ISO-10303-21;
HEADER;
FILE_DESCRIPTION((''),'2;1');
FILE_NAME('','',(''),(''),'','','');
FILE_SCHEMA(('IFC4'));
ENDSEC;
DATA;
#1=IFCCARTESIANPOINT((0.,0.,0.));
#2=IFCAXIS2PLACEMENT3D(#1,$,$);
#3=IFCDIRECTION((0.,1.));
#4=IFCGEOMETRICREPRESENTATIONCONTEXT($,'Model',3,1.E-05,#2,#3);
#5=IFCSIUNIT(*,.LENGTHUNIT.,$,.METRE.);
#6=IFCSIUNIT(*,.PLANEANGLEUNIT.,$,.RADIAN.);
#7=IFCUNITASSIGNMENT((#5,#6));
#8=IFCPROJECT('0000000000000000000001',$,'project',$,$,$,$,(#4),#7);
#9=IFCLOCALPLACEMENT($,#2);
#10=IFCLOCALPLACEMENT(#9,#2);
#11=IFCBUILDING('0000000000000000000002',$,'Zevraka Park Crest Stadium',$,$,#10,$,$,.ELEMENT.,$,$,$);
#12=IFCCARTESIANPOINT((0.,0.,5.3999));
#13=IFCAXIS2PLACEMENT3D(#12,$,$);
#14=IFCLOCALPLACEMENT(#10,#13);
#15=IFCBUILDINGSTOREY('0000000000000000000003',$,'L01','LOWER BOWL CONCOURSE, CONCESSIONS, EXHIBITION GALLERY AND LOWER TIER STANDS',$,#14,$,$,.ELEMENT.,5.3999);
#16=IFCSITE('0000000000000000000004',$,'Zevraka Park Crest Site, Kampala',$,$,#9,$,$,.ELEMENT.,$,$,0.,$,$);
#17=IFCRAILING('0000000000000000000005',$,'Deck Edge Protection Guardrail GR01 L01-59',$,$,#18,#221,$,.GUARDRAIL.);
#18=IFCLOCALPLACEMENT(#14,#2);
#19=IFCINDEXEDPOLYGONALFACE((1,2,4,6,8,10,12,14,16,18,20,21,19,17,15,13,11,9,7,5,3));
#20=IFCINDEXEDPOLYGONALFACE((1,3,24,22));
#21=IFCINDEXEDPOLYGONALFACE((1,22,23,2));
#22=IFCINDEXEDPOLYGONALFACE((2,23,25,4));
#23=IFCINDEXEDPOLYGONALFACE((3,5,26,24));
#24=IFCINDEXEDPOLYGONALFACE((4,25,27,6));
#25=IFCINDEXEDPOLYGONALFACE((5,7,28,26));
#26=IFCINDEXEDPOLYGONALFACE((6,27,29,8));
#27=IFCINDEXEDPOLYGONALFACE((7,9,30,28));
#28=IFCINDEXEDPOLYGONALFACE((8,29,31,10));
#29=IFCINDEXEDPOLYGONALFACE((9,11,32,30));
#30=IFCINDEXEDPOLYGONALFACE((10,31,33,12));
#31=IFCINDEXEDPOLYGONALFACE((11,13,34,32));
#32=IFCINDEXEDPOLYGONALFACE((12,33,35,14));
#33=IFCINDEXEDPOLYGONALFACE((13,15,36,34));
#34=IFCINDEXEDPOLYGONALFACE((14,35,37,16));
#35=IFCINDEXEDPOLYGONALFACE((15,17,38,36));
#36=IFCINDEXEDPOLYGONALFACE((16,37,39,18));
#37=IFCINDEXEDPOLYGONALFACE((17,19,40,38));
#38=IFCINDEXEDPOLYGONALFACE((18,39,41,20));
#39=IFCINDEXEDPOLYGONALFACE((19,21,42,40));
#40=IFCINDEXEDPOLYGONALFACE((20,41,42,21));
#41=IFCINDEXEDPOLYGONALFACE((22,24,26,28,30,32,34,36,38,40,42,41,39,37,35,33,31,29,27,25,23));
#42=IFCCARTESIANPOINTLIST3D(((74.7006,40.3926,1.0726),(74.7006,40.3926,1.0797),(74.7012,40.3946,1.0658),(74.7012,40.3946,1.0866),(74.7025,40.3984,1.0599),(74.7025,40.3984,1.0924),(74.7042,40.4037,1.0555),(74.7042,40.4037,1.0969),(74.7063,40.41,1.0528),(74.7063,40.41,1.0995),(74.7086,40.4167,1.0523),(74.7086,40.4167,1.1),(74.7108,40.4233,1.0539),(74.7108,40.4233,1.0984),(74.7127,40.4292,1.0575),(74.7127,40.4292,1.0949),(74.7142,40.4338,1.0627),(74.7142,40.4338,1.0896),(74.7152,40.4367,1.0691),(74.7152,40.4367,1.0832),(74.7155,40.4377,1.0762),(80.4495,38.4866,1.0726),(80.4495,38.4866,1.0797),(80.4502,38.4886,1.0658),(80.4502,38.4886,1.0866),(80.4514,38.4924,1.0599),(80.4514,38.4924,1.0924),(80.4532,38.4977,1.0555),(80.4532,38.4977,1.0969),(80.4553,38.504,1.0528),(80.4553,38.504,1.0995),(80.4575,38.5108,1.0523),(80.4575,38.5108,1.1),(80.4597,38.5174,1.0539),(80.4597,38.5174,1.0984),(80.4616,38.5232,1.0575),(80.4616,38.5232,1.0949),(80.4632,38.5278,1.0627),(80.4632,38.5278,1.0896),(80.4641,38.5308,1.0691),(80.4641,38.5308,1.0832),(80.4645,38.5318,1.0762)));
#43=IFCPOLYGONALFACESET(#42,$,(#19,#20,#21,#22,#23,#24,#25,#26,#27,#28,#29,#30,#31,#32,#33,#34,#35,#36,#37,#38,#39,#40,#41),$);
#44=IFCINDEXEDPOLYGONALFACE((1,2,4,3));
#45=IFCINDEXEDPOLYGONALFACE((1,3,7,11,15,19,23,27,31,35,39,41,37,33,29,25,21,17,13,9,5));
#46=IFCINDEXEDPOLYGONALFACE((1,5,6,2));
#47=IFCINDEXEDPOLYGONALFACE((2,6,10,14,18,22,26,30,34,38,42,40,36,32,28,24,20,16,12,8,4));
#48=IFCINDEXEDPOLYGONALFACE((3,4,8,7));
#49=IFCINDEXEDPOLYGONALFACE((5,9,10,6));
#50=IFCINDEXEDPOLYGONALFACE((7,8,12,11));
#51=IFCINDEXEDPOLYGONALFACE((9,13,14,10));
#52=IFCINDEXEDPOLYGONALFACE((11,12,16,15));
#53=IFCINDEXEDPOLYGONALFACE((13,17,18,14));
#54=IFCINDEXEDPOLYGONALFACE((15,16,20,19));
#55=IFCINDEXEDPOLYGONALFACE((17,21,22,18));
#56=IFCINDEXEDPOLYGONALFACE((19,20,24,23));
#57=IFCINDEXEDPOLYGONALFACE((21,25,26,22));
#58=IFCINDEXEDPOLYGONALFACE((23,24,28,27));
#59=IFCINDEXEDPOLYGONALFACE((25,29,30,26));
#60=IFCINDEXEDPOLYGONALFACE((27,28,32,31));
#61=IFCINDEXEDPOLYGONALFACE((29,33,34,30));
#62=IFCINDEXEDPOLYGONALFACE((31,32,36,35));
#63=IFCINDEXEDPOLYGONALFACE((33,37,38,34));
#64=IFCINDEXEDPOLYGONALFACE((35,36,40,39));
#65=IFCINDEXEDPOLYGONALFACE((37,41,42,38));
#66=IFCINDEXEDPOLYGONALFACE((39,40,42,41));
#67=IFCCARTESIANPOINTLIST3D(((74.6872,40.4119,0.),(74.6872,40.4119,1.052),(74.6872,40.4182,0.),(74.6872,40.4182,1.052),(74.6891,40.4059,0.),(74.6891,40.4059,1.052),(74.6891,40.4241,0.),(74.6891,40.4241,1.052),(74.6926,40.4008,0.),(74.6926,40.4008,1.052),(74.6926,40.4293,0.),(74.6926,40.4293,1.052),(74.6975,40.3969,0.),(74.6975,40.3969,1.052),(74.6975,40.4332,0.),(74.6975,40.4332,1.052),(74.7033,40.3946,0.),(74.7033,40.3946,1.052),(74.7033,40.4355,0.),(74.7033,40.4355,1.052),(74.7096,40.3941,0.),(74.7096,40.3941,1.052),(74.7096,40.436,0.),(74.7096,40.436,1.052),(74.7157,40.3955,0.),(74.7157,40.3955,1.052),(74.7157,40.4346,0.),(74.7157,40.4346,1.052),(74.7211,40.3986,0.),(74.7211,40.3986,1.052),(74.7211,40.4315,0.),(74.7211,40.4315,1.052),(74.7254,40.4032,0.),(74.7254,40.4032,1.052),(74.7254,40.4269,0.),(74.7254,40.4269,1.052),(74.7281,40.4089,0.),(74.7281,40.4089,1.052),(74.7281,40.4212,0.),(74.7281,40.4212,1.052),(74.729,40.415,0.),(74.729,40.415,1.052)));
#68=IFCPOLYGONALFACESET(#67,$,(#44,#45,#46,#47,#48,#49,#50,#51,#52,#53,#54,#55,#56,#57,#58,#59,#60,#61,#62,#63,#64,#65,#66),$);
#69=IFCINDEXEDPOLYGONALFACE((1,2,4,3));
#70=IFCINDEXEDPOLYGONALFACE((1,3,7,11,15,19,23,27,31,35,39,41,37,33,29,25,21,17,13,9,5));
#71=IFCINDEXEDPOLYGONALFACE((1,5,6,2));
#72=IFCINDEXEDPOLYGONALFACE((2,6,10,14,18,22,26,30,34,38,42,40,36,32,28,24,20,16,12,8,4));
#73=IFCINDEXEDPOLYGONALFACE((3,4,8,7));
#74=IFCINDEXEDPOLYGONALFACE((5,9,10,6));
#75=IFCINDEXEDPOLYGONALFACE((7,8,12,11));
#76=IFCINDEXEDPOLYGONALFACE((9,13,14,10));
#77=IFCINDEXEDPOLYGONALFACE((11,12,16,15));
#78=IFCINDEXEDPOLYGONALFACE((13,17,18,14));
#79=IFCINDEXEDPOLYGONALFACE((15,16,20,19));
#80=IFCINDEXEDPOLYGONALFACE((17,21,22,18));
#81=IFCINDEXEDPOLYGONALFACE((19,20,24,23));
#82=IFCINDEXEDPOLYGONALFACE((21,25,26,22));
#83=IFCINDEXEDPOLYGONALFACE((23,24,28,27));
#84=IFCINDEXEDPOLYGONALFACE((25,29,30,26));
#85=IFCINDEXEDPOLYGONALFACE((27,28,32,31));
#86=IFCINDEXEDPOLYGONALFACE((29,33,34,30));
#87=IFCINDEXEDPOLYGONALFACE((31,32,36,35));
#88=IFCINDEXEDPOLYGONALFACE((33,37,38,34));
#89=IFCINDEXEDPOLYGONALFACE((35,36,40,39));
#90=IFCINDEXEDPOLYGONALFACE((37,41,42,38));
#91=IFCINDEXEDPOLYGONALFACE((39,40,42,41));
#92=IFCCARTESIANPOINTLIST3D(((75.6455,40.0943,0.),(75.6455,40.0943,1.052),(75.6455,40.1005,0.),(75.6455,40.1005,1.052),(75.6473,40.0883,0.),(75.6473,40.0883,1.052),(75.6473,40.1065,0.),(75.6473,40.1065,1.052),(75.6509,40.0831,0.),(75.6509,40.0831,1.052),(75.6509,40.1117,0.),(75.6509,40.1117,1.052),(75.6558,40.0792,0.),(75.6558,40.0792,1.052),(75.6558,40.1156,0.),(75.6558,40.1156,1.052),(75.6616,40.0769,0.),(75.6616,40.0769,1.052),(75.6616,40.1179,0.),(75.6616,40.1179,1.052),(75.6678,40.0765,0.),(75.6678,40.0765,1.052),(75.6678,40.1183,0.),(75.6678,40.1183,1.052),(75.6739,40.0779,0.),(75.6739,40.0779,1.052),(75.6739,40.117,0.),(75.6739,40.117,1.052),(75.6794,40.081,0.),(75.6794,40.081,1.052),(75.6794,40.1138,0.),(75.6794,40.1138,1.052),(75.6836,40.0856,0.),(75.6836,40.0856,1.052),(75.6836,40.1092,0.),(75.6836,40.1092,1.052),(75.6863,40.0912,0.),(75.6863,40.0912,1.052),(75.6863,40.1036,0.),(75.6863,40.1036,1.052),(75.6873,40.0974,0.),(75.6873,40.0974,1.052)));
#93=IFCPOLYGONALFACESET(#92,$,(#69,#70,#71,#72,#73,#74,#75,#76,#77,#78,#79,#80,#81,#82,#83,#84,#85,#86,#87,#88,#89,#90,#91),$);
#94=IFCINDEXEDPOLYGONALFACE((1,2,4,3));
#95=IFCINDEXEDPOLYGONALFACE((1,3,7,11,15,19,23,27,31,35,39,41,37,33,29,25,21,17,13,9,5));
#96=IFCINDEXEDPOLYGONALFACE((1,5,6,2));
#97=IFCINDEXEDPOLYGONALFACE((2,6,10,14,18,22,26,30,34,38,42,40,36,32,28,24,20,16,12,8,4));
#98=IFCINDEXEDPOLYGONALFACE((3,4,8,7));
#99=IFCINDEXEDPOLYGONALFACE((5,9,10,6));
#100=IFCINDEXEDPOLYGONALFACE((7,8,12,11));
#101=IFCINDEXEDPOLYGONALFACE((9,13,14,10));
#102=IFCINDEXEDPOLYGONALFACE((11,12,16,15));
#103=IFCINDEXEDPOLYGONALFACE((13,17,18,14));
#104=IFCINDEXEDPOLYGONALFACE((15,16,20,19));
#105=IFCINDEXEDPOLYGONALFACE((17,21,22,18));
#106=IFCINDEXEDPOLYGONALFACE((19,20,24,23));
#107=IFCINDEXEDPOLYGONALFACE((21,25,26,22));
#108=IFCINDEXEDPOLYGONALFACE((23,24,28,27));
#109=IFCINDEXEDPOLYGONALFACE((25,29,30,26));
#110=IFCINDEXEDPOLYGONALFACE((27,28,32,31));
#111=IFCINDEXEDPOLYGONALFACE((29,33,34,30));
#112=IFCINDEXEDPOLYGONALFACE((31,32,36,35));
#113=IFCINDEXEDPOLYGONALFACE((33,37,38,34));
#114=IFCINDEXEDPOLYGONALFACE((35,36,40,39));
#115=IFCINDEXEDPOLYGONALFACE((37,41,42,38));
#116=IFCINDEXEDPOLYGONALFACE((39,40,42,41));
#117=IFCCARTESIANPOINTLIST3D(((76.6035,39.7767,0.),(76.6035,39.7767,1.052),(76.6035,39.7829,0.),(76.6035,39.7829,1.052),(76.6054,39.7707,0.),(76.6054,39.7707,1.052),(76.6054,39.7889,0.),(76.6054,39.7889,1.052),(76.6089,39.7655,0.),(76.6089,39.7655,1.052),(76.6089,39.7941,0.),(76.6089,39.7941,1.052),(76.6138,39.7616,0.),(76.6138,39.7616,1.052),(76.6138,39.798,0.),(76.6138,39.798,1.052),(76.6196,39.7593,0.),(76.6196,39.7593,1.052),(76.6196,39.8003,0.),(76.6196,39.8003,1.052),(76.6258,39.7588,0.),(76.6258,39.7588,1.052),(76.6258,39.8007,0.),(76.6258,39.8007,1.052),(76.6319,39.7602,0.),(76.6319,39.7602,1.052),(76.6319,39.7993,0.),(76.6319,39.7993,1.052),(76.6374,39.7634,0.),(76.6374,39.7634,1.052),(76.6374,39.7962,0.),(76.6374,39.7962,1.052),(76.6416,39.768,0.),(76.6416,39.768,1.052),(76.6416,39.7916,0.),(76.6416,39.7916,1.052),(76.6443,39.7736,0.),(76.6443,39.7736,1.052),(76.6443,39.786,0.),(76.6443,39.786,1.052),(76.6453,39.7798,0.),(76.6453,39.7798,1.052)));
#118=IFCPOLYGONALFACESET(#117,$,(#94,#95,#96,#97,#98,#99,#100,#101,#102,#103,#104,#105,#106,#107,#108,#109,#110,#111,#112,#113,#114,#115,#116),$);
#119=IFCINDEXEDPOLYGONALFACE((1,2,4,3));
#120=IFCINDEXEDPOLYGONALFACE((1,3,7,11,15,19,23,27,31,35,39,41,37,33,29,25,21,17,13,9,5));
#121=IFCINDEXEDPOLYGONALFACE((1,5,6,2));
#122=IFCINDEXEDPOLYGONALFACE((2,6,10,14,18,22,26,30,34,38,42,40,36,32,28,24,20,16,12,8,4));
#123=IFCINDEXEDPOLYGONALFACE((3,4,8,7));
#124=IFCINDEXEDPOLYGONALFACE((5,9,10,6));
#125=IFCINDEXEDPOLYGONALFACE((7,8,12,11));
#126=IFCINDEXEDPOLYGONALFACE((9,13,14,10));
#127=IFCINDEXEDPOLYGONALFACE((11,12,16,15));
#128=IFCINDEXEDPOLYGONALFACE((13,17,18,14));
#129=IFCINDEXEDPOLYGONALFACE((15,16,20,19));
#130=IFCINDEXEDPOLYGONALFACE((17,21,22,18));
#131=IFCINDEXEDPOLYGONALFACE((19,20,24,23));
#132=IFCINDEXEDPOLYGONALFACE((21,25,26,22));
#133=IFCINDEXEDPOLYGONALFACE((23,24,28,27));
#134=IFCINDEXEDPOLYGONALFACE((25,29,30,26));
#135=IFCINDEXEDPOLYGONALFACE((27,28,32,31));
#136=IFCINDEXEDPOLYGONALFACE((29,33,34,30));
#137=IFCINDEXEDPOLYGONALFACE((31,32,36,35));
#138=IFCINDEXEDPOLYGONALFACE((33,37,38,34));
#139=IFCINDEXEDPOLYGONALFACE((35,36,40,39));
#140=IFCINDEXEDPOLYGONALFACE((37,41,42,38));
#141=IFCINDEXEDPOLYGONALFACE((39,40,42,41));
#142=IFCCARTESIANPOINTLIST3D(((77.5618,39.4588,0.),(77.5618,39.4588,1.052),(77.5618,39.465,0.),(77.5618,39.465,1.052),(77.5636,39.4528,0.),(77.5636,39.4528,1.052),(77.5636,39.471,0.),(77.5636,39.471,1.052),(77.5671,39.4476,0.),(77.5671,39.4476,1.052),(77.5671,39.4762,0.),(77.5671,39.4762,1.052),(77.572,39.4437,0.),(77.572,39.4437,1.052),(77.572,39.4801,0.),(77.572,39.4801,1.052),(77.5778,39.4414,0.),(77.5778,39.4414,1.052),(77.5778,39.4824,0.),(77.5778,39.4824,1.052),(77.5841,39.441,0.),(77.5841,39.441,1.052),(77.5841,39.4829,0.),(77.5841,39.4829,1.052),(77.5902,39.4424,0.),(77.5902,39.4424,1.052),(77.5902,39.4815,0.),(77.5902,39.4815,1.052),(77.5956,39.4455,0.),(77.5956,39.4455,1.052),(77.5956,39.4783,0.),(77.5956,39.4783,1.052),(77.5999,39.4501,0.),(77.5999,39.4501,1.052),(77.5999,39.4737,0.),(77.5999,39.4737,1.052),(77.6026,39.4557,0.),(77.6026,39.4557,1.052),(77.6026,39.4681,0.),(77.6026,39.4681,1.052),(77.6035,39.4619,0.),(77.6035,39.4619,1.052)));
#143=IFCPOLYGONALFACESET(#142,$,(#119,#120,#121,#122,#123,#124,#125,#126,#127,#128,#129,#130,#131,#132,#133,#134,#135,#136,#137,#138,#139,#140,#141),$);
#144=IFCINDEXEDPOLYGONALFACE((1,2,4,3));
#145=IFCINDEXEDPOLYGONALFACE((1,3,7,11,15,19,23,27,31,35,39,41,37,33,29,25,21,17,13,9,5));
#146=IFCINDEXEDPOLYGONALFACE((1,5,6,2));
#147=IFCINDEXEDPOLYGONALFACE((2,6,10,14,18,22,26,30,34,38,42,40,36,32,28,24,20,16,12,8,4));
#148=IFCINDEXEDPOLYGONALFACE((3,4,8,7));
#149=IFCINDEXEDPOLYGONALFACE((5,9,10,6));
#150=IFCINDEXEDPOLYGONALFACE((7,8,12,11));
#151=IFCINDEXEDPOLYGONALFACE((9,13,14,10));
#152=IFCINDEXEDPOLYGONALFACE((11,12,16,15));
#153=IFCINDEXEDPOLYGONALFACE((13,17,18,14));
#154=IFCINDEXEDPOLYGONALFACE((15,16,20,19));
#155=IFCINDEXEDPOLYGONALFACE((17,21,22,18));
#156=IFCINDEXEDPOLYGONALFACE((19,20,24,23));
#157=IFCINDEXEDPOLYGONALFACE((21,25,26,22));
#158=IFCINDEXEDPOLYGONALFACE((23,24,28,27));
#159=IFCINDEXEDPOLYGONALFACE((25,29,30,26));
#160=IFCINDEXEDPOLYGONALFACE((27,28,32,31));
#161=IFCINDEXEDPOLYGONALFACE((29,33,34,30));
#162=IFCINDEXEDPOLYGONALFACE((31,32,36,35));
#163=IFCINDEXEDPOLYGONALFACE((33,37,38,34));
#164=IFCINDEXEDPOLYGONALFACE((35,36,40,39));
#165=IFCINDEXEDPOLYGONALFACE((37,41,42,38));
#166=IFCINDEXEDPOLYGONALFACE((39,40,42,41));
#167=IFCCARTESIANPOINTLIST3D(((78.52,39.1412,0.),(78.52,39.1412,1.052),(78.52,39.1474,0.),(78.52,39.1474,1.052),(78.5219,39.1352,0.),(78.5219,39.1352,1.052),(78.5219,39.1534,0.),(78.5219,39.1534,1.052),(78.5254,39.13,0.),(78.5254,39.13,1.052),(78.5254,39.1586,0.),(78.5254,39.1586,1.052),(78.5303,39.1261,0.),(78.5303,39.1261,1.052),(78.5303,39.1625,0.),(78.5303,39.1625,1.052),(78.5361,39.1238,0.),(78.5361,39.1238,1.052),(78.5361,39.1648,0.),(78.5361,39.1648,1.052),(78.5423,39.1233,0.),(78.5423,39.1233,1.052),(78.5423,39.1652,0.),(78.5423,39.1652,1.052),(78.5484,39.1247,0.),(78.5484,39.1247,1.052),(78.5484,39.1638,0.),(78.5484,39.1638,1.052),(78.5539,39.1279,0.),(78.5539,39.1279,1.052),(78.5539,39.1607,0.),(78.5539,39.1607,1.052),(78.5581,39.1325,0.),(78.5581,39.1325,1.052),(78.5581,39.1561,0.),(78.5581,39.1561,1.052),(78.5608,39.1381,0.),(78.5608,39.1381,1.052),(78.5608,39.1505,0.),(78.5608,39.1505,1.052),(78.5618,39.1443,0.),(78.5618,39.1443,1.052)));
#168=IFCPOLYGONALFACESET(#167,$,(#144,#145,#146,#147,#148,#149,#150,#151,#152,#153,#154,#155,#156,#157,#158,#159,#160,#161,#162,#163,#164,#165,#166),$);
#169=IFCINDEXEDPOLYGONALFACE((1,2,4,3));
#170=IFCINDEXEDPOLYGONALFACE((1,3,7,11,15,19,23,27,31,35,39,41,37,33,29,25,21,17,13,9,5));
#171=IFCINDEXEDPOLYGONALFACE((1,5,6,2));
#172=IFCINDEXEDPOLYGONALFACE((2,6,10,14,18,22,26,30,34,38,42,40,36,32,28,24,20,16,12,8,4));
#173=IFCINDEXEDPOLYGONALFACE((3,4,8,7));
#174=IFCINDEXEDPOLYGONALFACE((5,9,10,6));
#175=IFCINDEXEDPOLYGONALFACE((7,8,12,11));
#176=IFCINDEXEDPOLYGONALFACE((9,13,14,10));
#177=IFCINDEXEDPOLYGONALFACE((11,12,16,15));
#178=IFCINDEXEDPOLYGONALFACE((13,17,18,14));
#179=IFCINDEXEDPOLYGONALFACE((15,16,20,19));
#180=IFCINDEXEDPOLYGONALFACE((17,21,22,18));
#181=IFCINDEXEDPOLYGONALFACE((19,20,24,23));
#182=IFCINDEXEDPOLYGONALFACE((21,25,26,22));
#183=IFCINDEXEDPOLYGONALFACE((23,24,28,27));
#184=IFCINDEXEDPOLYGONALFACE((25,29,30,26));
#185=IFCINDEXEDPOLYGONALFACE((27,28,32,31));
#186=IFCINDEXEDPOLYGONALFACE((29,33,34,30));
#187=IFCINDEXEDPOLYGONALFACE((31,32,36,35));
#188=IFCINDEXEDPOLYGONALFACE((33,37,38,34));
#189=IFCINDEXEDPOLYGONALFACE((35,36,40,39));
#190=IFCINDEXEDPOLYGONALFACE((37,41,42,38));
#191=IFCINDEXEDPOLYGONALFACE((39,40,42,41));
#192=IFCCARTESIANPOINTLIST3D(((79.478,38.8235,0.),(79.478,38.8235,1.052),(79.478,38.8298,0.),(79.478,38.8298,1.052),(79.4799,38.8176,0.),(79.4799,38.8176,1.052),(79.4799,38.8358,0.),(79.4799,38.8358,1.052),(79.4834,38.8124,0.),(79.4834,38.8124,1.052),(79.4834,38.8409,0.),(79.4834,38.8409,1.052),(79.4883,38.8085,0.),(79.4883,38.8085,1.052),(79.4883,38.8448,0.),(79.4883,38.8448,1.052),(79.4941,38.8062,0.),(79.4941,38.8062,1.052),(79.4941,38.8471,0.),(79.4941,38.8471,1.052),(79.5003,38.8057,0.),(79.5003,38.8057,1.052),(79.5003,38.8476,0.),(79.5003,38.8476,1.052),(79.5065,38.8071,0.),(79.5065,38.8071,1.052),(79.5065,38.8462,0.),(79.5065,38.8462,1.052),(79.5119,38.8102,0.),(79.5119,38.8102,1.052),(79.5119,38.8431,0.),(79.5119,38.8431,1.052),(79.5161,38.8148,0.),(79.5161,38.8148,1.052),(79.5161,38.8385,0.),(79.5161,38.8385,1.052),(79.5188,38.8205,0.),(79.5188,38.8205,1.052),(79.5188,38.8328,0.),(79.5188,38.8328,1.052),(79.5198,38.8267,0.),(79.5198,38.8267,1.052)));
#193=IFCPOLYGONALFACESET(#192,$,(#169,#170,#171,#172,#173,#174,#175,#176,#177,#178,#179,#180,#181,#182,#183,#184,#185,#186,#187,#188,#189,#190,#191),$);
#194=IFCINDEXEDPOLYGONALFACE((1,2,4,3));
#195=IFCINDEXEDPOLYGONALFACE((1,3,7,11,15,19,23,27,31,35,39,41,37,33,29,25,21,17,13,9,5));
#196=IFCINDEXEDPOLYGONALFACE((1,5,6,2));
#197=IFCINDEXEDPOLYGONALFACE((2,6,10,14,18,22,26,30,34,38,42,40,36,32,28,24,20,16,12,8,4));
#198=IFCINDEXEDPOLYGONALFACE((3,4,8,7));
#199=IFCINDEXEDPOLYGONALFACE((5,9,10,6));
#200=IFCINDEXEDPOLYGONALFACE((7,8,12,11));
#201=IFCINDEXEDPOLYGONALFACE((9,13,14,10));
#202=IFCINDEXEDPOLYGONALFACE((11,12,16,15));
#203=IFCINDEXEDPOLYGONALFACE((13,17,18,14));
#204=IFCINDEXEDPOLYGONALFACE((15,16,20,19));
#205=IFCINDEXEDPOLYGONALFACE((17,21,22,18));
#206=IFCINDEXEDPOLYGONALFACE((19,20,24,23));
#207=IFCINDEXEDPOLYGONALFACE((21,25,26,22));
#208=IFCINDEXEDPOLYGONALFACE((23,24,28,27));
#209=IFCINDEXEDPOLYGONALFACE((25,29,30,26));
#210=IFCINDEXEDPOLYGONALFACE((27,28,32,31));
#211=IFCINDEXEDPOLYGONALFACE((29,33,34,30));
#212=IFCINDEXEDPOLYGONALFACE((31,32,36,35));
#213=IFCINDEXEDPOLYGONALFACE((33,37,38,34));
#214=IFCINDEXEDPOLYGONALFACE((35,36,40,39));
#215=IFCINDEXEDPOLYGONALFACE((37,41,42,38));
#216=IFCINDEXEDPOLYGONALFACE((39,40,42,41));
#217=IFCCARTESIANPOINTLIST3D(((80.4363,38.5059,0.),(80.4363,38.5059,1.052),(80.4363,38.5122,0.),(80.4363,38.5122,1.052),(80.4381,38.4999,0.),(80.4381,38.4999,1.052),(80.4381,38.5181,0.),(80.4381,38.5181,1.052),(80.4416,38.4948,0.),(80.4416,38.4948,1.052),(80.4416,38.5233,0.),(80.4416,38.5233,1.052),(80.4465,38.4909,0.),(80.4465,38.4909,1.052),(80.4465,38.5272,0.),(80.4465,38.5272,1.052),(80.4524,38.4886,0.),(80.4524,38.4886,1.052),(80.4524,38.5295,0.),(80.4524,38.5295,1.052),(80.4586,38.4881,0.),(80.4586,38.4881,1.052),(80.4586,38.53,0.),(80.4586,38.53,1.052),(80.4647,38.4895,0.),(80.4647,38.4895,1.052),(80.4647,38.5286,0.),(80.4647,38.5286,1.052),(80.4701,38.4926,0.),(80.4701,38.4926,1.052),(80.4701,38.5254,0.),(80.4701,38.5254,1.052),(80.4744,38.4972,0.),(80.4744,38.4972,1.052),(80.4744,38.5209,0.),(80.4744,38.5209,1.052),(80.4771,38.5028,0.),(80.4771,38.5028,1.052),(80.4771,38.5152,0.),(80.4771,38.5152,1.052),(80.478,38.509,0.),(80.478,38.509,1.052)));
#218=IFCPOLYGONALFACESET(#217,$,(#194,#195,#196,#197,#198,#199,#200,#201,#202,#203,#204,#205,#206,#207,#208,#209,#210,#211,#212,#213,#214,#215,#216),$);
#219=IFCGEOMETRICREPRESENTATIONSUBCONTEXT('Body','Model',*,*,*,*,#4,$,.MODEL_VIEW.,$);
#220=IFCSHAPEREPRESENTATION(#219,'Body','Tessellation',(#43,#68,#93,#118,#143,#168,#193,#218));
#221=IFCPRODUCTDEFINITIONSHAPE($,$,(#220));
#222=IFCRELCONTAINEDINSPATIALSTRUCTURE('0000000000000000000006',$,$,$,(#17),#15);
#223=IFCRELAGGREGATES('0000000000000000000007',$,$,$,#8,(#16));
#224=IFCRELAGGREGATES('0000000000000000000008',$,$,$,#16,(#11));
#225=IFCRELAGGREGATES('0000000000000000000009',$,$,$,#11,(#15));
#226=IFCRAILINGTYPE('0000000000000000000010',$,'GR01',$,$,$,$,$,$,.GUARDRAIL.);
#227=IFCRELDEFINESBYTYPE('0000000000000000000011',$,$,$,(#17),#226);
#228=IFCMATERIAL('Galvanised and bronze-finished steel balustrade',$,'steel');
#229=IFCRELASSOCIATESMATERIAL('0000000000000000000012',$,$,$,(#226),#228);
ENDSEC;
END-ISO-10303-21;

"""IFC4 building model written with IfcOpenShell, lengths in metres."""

from ifc_helpers import new_model, si_unit, direction, frame, origin, origin_2d, place, context, subcontext, project, spatial, circle, extrude, material, type_object, element, save


model = new_model("IFC4")

# Units and contexts
model_context = context("Model", 3, precision=1e-05, world=origin(), true_north=direction((0.0, 1.0)))
body_context = subcontext(model_context, "Body", "Model", "MODEL_VIEW")
ifc_project = project(units=[si_unit("LENGTHUNIT", "METRE"), si_unit("PLANEANGLEUNIT", "RADIAN")], contexts=[model_context])

# Site, building, storey
site_placement = place(None, origin())
site = spatial("IfcSite", under=ifc_project, at=site_placement, Name="Zevraka Park Crest Site, Kampala", CompositionType="ELEMENT", RefElevation=0.0)
building_placement = place(site_placement, origin())
building = spatial("IfcBuilding", under=site, at=building_placement, Name="Zevraka Park Crest Stadium", CompositionType="ELEMENT")
storey_placement = place(building_placement, frame((0.0, 0.0, 5.3999)))
storey = spatial("IfcBuildingStorey", under=building, at=storey_placement, Name="L01", Description="LOWER BOWL CONCOURSE, CONCESSIONS, EXHIBITION GALLERY AND LOWER TIER STANDS", CompositionType="ELEMENT", Elevation=5.3999)

# Railing
ifc_material_1 = material(Name="Galvanised and bronze-finished steel balustrade", Category="steel")
railing_type_1 = type_object("IfcRailingType", Name="GR01", PredefinedType="GUARDRAIL", material=ifc_material_1)
railing_1_placement = place(storey_placement, frame((74.708, 40.415, 0.0)))
element("IfcRailing", 1, at=railing_1_placement, inside=storey, type_object=railing_type_1, Name="Deck Edge Protection Guardrail GR01 L01-59", PredefinedType="GUARDRAIL", context=body_context, shape_type="SweptSolid", body=[
    extrude(circle(Radius=0.0239, at=origin_2d()), frame((0.0, 0.0, 1.0762), z_axis=(0.949194, -0.314692, 0.0), x_axis=(0.314692, 0.949194, 0.0)), (0.0, 0.0, 1.0), 6.0566),
    extrude(circle(Radius=0.021, at=origin_2d()), origin(), (0.0, 0.0, 1.0), 1.052),
    extrude(circle(Radius=0.021, at=origin_2d()), frame((0.9583, -0.3176, 0.0)), (0.0, 0.0, 1.0), 1.052),
    extrude(circle(Radius=0.021, at=origin_2d()), frame((1.9163, -0.6353, 0.0)), (0.0, 0.0, 1.0), 1.052),
    extrude(circle(Radius=0.021, at=origin_2d()), frame((2.8745, -0.9531, 0.0)), (0.0, 0.0, 1.0), 1.052),
    extrude(circle(Radius=0.021, at=origin_2d()), frame((3.8328, -1.2708, 0.0)), (0.0, 0.0, 1.0), 1.052),
    extrude(circle(Radius=0.021, at=origin_2d()), frame((4.7908, -1.5884, 0.0)), (0.0, 0.0, 1.0), 1.052),
    extrude(circle(Radius=0.021, at=origin_2d()), frame((5.749, -1.906, 0.0)), (0.0, 0.0, 1.0), 1.052),
])

save(model, "model.ifc")
